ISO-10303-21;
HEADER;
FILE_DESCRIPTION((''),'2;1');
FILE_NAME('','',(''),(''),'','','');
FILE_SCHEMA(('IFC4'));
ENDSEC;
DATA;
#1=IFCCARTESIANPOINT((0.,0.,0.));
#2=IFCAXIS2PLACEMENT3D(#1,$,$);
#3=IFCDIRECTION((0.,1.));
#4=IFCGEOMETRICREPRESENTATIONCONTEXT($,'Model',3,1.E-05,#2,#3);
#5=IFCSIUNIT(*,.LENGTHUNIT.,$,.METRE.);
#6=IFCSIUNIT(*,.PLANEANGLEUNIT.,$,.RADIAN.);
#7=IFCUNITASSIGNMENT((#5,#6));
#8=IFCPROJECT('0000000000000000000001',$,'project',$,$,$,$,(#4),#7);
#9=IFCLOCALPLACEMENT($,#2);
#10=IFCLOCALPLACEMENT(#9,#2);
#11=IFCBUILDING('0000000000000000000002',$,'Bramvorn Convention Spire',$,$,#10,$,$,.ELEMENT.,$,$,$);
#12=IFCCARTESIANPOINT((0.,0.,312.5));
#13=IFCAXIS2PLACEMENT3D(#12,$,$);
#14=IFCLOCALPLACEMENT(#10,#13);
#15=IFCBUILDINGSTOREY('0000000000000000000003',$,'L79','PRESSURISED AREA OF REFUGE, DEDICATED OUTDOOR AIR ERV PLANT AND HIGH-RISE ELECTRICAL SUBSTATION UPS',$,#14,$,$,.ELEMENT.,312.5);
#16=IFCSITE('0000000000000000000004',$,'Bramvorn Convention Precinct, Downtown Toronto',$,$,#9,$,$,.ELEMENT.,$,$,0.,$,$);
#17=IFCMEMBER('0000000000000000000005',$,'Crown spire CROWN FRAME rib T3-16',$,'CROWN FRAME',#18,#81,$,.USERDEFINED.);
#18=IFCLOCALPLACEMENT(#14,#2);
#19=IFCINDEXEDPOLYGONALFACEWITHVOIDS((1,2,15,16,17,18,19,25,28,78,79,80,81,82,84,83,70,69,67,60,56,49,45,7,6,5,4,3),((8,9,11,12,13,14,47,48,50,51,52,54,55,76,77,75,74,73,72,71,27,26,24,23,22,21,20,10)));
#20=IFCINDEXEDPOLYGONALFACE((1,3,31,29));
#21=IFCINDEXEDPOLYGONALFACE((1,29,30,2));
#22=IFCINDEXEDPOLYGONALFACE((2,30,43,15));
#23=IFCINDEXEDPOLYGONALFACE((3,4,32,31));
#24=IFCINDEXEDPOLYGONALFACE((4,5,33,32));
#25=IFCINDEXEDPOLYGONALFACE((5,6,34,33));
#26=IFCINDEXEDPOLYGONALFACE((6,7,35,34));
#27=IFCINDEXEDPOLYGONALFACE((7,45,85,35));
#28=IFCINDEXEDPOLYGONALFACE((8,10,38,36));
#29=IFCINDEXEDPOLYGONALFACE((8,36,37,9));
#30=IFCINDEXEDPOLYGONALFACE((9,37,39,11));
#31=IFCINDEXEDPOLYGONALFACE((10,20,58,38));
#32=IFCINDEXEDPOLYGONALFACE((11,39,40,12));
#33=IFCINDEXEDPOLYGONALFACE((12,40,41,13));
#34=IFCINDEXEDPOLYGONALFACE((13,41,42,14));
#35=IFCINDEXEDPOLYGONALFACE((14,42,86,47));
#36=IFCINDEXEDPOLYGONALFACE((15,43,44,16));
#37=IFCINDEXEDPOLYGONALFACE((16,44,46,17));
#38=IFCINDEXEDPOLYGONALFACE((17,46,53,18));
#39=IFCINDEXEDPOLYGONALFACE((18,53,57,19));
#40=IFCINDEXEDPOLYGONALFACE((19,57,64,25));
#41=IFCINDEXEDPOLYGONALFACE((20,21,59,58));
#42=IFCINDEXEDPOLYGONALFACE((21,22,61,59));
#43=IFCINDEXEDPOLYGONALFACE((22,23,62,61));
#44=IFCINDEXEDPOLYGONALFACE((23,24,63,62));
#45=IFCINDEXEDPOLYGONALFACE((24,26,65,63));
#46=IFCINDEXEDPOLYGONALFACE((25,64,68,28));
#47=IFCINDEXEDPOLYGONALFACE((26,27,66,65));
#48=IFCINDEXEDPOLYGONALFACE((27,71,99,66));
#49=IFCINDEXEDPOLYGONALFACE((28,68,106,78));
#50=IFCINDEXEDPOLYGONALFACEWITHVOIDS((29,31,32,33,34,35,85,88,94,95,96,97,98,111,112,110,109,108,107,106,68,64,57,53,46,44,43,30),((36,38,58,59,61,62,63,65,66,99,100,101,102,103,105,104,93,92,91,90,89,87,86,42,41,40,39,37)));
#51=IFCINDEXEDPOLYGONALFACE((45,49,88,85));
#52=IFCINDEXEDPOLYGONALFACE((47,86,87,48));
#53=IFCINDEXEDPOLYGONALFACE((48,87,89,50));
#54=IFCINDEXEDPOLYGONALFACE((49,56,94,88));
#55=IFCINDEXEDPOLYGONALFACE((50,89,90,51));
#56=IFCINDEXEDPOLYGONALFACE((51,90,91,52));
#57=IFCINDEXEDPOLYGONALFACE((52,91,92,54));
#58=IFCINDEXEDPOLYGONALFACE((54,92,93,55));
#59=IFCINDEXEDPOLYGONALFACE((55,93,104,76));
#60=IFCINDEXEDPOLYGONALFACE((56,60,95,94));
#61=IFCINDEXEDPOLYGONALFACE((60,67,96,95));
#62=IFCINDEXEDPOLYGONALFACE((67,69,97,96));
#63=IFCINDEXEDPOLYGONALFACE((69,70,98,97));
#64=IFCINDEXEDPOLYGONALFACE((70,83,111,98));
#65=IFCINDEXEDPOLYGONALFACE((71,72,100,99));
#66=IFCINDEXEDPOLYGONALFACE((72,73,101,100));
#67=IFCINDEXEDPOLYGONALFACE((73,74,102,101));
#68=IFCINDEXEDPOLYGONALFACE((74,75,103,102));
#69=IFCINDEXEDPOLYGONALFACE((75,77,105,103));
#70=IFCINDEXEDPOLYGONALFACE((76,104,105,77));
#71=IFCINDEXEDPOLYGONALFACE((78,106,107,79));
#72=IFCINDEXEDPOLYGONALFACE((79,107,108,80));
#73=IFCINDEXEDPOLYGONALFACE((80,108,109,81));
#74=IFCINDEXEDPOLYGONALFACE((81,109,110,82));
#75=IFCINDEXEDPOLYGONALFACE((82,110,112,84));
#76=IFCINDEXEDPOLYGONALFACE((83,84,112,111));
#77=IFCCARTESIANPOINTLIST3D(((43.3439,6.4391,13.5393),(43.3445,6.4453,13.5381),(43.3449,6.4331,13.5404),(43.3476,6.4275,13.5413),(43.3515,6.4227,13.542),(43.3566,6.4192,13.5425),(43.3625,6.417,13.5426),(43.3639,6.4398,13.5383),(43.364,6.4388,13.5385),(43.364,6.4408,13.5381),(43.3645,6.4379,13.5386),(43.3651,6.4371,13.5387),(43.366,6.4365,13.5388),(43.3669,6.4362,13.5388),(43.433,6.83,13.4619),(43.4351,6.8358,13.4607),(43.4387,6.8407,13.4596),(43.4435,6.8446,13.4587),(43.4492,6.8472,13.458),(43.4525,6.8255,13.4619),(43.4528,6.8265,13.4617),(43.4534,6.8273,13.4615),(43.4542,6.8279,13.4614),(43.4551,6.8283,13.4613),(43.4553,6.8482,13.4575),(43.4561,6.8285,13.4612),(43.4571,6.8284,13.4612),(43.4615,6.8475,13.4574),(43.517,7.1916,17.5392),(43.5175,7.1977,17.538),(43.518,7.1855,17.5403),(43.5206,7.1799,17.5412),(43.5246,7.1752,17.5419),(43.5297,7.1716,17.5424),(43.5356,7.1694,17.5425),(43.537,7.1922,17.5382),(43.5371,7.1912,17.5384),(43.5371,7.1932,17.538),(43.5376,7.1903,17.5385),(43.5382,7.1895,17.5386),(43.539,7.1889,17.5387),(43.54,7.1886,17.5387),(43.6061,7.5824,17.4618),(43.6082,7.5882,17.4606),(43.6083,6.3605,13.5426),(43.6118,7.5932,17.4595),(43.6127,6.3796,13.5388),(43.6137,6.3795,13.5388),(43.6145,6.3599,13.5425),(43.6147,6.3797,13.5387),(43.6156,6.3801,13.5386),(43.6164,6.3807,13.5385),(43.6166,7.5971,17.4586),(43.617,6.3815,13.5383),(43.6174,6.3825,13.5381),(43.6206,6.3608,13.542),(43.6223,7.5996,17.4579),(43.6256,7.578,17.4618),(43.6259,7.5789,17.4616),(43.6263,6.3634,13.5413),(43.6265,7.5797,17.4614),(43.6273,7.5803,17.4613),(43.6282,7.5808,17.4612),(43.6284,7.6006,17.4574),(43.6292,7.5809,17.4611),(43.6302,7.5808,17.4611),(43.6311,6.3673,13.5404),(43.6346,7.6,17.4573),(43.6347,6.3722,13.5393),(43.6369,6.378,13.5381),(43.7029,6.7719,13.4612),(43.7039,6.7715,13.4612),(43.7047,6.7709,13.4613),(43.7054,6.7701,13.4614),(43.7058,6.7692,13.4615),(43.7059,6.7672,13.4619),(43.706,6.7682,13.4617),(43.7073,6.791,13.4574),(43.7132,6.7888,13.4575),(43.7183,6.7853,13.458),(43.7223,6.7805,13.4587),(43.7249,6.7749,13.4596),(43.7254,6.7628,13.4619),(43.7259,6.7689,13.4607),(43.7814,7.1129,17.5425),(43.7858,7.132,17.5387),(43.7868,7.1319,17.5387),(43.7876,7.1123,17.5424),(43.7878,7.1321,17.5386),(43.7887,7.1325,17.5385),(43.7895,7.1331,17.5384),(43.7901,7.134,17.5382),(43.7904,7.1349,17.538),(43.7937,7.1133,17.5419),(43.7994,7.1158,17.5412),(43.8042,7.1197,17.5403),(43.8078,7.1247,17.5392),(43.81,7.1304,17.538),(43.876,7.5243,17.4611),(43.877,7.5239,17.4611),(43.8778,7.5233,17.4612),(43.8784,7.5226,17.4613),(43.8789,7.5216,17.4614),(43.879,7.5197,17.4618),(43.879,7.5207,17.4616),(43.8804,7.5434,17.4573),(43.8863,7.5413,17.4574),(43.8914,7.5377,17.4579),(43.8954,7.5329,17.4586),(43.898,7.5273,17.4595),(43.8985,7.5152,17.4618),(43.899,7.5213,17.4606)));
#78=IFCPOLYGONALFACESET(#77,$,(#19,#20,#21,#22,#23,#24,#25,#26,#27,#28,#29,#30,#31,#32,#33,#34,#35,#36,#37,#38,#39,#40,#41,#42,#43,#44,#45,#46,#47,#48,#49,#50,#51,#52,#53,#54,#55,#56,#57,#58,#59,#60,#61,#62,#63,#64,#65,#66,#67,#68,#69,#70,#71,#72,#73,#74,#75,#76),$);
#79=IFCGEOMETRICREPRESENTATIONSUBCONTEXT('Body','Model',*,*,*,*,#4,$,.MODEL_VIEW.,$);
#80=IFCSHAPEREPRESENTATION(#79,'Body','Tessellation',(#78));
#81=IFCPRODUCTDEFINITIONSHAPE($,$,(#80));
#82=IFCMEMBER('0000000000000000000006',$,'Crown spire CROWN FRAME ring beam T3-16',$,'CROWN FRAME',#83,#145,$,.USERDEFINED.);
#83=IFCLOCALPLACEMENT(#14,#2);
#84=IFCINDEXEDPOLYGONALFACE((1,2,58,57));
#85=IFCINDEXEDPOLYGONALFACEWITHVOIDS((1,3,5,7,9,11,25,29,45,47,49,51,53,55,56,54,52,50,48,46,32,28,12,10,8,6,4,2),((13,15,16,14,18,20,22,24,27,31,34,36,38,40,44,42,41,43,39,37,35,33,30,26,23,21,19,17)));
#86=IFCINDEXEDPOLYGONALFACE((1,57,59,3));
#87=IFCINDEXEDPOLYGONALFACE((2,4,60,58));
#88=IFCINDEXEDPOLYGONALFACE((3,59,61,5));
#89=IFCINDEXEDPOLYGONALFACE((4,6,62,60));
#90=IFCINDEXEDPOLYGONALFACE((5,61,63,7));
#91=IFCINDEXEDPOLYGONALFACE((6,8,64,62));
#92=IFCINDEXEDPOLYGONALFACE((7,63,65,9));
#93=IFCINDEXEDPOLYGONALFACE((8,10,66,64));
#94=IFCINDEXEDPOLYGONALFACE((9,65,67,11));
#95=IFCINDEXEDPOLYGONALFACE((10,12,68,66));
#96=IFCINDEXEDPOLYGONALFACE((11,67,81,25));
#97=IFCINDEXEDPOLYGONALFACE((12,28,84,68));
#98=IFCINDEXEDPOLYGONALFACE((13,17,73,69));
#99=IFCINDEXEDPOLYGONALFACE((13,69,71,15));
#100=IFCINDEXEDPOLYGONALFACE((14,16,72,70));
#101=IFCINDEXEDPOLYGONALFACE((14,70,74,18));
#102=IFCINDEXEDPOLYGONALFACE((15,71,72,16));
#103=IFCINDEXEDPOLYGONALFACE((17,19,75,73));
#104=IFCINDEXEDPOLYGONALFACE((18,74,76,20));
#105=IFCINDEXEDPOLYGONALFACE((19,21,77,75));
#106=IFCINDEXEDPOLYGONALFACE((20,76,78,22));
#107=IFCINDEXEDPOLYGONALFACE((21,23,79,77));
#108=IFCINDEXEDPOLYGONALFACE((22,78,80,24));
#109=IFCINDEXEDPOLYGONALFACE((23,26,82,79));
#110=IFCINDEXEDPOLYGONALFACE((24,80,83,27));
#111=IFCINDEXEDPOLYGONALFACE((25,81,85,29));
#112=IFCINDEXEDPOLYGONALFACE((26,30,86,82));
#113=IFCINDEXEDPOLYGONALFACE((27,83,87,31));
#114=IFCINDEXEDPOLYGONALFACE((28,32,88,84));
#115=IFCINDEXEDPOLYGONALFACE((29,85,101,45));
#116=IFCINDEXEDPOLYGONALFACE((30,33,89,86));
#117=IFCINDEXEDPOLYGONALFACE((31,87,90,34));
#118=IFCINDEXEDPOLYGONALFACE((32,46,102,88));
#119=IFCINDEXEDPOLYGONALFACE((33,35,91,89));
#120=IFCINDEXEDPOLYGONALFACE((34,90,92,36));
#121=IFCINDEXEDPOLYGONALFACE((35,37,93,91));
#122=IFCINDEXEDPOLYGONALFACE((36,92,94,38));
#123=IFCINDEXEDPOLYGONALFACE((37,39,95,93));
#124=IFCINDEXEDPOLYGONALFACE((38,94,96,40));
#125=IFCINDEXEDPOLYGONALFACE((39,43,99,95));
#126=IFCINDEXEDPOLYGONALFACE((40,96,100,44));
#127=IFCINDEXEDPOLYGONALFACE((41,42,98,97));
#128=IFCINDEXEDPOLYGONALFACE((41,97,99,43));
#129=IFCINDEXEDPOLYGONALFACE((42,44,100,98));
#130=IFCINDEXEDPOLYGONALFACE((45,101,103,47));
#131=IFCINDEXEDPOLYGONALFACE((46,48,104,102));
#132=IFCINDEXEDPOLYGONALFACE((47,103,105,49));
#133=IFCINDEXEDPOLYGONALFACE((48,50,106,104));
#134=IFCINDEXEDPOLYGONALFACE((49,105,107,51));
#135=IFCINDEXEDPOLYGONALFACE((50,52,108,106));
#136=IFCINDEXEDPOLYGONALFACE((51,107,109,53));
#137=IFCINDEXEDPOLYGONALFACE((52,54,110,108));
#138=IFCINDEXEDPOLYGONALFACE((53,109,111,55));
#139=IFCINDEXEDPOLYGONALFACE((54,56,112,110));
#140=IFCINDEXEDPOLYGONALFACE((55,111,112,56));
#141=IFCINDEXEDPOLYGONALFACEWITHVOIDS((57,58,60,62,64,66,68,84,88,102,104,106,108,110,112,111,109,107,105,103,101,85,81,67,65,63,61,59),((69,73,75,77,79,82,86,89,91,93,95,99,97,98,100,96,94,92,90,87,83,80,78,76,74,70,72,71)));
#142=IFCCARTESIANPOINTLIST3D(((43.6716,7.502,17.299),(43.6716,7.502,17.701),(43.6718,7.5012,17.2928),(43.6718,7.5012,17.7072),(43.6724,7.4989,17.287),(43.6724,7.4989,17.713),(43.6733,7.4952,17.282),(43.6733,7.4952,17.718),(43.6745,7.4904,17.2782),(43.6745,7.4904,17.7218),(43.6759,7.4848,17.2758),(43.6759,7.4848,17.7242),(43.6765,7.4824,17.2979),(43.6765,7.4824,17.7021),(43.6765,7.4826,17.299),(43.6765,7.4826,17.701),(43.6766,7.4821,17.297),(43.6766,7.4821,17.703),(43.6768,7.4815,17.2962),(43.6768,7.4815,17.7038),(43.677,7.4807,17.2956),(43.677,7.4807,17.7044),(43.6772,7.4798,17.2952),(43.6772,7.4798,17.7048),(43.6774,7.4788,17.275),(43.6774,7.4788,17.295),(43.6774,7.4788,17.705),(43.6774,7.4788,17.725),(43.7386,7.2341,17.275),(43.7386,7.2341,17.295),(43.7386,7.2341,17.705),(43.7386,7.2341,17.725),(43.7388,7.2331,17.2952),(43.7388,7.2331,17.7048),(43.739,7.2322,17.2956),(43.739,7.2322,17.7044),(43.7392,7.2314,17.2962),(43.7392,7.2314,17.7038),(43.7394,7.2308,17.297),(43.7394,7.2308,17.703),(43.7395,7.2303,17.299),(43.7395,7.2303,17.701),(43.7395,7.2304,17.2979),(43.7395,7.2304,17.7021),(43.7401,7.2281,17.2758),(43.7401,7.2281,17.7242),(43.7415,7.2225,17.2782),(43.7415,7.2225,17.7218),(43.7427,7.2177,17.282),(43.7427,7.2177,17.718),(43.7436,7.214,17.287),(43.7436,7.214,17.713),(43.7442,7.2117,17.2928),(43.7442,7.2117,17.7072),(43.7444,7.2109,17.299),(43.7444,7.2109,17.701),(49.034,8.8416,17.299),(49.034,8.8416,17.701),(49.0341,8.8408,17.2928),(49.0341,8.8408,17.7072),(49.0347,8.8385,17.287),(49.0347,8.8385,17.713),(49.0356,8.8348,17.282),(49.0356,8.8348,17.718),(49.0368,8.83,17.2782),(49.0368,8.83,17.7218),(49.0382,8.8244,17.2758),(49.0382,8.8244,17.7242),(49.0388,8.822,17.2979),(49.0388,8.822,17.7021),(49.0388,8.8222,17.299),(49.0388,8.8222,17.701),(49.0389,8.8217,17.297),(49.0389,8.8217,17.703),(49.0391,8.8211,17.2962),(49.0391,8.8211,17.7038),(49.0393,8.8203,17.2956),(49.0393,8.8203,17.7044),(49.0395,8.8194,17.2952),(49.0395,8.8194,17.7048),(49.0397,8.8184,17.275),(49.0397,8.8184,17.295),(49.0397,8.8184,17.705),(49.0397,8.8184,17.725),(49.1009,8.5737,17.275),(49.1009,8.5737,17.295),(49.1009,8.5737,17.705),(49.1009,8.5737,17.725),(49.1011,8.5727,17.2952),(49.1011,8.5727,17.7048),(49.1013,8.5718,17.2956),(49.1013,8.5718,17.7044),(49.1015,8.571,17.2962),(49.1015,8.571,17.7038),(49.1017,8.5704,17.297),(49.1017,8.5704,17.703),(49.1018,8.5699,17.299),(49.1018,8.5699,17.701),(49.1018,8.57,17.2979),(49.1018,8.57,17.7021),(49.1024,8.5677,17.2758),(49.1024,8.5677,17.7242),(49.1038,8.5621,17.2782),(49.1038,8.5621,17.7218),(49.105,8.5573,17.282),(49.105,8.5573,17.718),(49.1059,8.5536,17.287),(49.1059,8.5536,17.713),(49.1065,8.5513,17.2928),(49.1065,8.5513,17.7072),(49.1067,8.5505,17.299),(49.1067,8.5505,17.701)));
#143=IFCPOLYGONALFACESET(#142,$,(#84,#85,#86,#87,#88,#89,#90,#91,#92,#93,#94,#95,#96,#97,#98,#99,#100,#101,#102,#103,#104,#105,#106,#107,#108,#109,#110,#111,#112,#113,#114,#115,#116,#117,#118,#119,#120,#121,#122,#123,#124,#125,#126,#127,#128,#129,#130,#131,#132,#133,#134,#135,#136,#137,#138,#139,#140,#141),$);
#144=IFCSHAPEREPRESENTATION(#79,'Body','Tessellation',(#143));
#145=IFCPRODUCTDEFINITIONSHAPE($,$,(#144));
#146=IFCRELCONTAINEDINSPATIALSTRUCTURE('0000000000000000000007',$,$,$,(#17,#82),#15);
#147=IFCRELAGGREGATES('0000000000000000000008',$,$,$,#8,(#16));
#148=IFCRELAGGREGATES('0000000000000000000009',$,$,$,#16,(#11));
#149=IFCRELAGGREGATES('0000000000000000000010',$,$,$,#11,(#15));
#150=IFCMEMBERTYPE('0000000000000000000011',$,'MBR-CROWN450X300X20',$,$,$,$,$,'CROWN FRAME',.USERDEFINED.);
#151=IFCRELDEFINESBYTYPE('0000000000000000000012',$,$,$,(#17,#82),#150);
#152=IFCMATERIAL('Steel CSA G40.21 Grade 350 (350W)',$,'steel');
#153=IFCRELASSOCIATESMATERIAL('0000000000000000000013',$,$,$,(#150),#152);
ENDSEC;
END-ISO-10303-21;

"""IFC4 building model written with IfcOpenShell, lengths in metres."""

from ifc_helpers import new_model, si_unit, direction, frame, origin, origin_2d, place, context, subcontext, project, spatial, hollow_rectangle, extrude, material, material_profile, profile_set, type_object, element, save


model = new_model("IFC4")

# Units and contexts
model_context = context("Model", 3, precision=1e-05, world=origin(), true_north=direction((0.0, 1.0)))
body_context = subcontext(model_context, "Body", "Model", "MODEL_VIEW")
ifc_project = project(units=[si_unit("LENGTHUNIT", "METRE"), si_unit("PLANEANGLEUNIT", "RADIAN")], contexts=[model_context])

# Site, building, storey
site_placement = place(None, origin())
site = spatial("IfcSite", under=ifc_project, at=site_placement, Name="Bramvorn Convention Precinct, Downtown Toronto", CompositionType="ELEMENT", RefElevation=0.0)
building_placement = place(site_placement, origin())
building = spatial("IfcBuilding", under=site, at=building_placement, Name="Bramvorn Convention Spire", CompositionType="ELEMENT")
storey_placement = place(building_placement, frame((0.0, 0.0, 312.5)))
storey = spatial("IfcBuildingStorey", under=building, at=storey_placement, Name="L79", Description="PRESSURISED AREA OF REFUGE, DEDICATED OUTDOOR AIR ERV PLANT AND HIGH-RISE ELECTRICAL SUBSTATION UPS", CompositionType="ELEMENT", Elevation=312.5)

# Shared definitions
ifc_material_1 = material(Name="Steel CSA G40.21 Grade 350 (350W)", Category="steel")

# Members
ifc_material_profile_1 = material_profile(ifc_material_1, hollow_rectangle(XDim=0.3, YDim=0.45, WallThickness=0.02, InnerFilletRadius=0.0039, OuterFilletRadius=0.0239, at=origin_2d()))
ifc_profile_set_1 = profile_set([ifc_material_profile_1], Name="Steel CSA G40.21 Grade 350 (350W) - CROWN450X300X20")
member_type = type_object("IfcMemberType", Name="MBR-CROWN450X300X20", ElementType="CROWN FRAME", PredefinedType="USERDEFINED", material=ifc_profile_set_1)
member_1_placement = place(storey_placement, frame((43.5349, 6.604, 13.5), z_axis=(0.04249, 0.184701, 0.981876), x_axis=(-0.974546, 0.22419, 0.0)))
element("IfcMember", 1, at=member_1_placement, inside=storey, type_object=member_type, Name="Crown spire CROWN FRAME rib T3-16", ObjectType="CROWN FRAME", PredefinedType="USERDEFINED", context=body_context, shape_type="SweptSolid", body=[
    extrude(hollow_rectangle(XDim=0.3, YDim=0.45, WallThickness=0.02, InnerFilletRadius=0.0039, OuterFilletRadius=0.0239, at=origin_2d()), origin(), (0.0, 0.0, 1.0), 4.0737),
])
member_2_placement = place(storey_placement, frame((43.708, 7.3564, 17.5), z_axis=(0.970184, 0.242369, 0.0), x_axis=(-0.242369, 0.970184, 0.0)))
element("IfcMember", 2, at=member_2_placement, inside=storey, type_object=member_type, Name="Crown spire CROWN FRAME ring beam T3-16", ObjectType="CROWN FRAME", PredefinedType="USERDEFINED", context=body_context, shape_type="SweptSolid", body=[
    extrude(hollow_rectangle(XDim=0.3, YDim=0.45, WallThickness=0.02, InnerFilletRadius=0.0039, OuterFilletRadius=0.0239, at=origin_2d()), origin(), (0.0, 0.0, 1.0), 5.5271),
])

save(model, "model.ifc")
